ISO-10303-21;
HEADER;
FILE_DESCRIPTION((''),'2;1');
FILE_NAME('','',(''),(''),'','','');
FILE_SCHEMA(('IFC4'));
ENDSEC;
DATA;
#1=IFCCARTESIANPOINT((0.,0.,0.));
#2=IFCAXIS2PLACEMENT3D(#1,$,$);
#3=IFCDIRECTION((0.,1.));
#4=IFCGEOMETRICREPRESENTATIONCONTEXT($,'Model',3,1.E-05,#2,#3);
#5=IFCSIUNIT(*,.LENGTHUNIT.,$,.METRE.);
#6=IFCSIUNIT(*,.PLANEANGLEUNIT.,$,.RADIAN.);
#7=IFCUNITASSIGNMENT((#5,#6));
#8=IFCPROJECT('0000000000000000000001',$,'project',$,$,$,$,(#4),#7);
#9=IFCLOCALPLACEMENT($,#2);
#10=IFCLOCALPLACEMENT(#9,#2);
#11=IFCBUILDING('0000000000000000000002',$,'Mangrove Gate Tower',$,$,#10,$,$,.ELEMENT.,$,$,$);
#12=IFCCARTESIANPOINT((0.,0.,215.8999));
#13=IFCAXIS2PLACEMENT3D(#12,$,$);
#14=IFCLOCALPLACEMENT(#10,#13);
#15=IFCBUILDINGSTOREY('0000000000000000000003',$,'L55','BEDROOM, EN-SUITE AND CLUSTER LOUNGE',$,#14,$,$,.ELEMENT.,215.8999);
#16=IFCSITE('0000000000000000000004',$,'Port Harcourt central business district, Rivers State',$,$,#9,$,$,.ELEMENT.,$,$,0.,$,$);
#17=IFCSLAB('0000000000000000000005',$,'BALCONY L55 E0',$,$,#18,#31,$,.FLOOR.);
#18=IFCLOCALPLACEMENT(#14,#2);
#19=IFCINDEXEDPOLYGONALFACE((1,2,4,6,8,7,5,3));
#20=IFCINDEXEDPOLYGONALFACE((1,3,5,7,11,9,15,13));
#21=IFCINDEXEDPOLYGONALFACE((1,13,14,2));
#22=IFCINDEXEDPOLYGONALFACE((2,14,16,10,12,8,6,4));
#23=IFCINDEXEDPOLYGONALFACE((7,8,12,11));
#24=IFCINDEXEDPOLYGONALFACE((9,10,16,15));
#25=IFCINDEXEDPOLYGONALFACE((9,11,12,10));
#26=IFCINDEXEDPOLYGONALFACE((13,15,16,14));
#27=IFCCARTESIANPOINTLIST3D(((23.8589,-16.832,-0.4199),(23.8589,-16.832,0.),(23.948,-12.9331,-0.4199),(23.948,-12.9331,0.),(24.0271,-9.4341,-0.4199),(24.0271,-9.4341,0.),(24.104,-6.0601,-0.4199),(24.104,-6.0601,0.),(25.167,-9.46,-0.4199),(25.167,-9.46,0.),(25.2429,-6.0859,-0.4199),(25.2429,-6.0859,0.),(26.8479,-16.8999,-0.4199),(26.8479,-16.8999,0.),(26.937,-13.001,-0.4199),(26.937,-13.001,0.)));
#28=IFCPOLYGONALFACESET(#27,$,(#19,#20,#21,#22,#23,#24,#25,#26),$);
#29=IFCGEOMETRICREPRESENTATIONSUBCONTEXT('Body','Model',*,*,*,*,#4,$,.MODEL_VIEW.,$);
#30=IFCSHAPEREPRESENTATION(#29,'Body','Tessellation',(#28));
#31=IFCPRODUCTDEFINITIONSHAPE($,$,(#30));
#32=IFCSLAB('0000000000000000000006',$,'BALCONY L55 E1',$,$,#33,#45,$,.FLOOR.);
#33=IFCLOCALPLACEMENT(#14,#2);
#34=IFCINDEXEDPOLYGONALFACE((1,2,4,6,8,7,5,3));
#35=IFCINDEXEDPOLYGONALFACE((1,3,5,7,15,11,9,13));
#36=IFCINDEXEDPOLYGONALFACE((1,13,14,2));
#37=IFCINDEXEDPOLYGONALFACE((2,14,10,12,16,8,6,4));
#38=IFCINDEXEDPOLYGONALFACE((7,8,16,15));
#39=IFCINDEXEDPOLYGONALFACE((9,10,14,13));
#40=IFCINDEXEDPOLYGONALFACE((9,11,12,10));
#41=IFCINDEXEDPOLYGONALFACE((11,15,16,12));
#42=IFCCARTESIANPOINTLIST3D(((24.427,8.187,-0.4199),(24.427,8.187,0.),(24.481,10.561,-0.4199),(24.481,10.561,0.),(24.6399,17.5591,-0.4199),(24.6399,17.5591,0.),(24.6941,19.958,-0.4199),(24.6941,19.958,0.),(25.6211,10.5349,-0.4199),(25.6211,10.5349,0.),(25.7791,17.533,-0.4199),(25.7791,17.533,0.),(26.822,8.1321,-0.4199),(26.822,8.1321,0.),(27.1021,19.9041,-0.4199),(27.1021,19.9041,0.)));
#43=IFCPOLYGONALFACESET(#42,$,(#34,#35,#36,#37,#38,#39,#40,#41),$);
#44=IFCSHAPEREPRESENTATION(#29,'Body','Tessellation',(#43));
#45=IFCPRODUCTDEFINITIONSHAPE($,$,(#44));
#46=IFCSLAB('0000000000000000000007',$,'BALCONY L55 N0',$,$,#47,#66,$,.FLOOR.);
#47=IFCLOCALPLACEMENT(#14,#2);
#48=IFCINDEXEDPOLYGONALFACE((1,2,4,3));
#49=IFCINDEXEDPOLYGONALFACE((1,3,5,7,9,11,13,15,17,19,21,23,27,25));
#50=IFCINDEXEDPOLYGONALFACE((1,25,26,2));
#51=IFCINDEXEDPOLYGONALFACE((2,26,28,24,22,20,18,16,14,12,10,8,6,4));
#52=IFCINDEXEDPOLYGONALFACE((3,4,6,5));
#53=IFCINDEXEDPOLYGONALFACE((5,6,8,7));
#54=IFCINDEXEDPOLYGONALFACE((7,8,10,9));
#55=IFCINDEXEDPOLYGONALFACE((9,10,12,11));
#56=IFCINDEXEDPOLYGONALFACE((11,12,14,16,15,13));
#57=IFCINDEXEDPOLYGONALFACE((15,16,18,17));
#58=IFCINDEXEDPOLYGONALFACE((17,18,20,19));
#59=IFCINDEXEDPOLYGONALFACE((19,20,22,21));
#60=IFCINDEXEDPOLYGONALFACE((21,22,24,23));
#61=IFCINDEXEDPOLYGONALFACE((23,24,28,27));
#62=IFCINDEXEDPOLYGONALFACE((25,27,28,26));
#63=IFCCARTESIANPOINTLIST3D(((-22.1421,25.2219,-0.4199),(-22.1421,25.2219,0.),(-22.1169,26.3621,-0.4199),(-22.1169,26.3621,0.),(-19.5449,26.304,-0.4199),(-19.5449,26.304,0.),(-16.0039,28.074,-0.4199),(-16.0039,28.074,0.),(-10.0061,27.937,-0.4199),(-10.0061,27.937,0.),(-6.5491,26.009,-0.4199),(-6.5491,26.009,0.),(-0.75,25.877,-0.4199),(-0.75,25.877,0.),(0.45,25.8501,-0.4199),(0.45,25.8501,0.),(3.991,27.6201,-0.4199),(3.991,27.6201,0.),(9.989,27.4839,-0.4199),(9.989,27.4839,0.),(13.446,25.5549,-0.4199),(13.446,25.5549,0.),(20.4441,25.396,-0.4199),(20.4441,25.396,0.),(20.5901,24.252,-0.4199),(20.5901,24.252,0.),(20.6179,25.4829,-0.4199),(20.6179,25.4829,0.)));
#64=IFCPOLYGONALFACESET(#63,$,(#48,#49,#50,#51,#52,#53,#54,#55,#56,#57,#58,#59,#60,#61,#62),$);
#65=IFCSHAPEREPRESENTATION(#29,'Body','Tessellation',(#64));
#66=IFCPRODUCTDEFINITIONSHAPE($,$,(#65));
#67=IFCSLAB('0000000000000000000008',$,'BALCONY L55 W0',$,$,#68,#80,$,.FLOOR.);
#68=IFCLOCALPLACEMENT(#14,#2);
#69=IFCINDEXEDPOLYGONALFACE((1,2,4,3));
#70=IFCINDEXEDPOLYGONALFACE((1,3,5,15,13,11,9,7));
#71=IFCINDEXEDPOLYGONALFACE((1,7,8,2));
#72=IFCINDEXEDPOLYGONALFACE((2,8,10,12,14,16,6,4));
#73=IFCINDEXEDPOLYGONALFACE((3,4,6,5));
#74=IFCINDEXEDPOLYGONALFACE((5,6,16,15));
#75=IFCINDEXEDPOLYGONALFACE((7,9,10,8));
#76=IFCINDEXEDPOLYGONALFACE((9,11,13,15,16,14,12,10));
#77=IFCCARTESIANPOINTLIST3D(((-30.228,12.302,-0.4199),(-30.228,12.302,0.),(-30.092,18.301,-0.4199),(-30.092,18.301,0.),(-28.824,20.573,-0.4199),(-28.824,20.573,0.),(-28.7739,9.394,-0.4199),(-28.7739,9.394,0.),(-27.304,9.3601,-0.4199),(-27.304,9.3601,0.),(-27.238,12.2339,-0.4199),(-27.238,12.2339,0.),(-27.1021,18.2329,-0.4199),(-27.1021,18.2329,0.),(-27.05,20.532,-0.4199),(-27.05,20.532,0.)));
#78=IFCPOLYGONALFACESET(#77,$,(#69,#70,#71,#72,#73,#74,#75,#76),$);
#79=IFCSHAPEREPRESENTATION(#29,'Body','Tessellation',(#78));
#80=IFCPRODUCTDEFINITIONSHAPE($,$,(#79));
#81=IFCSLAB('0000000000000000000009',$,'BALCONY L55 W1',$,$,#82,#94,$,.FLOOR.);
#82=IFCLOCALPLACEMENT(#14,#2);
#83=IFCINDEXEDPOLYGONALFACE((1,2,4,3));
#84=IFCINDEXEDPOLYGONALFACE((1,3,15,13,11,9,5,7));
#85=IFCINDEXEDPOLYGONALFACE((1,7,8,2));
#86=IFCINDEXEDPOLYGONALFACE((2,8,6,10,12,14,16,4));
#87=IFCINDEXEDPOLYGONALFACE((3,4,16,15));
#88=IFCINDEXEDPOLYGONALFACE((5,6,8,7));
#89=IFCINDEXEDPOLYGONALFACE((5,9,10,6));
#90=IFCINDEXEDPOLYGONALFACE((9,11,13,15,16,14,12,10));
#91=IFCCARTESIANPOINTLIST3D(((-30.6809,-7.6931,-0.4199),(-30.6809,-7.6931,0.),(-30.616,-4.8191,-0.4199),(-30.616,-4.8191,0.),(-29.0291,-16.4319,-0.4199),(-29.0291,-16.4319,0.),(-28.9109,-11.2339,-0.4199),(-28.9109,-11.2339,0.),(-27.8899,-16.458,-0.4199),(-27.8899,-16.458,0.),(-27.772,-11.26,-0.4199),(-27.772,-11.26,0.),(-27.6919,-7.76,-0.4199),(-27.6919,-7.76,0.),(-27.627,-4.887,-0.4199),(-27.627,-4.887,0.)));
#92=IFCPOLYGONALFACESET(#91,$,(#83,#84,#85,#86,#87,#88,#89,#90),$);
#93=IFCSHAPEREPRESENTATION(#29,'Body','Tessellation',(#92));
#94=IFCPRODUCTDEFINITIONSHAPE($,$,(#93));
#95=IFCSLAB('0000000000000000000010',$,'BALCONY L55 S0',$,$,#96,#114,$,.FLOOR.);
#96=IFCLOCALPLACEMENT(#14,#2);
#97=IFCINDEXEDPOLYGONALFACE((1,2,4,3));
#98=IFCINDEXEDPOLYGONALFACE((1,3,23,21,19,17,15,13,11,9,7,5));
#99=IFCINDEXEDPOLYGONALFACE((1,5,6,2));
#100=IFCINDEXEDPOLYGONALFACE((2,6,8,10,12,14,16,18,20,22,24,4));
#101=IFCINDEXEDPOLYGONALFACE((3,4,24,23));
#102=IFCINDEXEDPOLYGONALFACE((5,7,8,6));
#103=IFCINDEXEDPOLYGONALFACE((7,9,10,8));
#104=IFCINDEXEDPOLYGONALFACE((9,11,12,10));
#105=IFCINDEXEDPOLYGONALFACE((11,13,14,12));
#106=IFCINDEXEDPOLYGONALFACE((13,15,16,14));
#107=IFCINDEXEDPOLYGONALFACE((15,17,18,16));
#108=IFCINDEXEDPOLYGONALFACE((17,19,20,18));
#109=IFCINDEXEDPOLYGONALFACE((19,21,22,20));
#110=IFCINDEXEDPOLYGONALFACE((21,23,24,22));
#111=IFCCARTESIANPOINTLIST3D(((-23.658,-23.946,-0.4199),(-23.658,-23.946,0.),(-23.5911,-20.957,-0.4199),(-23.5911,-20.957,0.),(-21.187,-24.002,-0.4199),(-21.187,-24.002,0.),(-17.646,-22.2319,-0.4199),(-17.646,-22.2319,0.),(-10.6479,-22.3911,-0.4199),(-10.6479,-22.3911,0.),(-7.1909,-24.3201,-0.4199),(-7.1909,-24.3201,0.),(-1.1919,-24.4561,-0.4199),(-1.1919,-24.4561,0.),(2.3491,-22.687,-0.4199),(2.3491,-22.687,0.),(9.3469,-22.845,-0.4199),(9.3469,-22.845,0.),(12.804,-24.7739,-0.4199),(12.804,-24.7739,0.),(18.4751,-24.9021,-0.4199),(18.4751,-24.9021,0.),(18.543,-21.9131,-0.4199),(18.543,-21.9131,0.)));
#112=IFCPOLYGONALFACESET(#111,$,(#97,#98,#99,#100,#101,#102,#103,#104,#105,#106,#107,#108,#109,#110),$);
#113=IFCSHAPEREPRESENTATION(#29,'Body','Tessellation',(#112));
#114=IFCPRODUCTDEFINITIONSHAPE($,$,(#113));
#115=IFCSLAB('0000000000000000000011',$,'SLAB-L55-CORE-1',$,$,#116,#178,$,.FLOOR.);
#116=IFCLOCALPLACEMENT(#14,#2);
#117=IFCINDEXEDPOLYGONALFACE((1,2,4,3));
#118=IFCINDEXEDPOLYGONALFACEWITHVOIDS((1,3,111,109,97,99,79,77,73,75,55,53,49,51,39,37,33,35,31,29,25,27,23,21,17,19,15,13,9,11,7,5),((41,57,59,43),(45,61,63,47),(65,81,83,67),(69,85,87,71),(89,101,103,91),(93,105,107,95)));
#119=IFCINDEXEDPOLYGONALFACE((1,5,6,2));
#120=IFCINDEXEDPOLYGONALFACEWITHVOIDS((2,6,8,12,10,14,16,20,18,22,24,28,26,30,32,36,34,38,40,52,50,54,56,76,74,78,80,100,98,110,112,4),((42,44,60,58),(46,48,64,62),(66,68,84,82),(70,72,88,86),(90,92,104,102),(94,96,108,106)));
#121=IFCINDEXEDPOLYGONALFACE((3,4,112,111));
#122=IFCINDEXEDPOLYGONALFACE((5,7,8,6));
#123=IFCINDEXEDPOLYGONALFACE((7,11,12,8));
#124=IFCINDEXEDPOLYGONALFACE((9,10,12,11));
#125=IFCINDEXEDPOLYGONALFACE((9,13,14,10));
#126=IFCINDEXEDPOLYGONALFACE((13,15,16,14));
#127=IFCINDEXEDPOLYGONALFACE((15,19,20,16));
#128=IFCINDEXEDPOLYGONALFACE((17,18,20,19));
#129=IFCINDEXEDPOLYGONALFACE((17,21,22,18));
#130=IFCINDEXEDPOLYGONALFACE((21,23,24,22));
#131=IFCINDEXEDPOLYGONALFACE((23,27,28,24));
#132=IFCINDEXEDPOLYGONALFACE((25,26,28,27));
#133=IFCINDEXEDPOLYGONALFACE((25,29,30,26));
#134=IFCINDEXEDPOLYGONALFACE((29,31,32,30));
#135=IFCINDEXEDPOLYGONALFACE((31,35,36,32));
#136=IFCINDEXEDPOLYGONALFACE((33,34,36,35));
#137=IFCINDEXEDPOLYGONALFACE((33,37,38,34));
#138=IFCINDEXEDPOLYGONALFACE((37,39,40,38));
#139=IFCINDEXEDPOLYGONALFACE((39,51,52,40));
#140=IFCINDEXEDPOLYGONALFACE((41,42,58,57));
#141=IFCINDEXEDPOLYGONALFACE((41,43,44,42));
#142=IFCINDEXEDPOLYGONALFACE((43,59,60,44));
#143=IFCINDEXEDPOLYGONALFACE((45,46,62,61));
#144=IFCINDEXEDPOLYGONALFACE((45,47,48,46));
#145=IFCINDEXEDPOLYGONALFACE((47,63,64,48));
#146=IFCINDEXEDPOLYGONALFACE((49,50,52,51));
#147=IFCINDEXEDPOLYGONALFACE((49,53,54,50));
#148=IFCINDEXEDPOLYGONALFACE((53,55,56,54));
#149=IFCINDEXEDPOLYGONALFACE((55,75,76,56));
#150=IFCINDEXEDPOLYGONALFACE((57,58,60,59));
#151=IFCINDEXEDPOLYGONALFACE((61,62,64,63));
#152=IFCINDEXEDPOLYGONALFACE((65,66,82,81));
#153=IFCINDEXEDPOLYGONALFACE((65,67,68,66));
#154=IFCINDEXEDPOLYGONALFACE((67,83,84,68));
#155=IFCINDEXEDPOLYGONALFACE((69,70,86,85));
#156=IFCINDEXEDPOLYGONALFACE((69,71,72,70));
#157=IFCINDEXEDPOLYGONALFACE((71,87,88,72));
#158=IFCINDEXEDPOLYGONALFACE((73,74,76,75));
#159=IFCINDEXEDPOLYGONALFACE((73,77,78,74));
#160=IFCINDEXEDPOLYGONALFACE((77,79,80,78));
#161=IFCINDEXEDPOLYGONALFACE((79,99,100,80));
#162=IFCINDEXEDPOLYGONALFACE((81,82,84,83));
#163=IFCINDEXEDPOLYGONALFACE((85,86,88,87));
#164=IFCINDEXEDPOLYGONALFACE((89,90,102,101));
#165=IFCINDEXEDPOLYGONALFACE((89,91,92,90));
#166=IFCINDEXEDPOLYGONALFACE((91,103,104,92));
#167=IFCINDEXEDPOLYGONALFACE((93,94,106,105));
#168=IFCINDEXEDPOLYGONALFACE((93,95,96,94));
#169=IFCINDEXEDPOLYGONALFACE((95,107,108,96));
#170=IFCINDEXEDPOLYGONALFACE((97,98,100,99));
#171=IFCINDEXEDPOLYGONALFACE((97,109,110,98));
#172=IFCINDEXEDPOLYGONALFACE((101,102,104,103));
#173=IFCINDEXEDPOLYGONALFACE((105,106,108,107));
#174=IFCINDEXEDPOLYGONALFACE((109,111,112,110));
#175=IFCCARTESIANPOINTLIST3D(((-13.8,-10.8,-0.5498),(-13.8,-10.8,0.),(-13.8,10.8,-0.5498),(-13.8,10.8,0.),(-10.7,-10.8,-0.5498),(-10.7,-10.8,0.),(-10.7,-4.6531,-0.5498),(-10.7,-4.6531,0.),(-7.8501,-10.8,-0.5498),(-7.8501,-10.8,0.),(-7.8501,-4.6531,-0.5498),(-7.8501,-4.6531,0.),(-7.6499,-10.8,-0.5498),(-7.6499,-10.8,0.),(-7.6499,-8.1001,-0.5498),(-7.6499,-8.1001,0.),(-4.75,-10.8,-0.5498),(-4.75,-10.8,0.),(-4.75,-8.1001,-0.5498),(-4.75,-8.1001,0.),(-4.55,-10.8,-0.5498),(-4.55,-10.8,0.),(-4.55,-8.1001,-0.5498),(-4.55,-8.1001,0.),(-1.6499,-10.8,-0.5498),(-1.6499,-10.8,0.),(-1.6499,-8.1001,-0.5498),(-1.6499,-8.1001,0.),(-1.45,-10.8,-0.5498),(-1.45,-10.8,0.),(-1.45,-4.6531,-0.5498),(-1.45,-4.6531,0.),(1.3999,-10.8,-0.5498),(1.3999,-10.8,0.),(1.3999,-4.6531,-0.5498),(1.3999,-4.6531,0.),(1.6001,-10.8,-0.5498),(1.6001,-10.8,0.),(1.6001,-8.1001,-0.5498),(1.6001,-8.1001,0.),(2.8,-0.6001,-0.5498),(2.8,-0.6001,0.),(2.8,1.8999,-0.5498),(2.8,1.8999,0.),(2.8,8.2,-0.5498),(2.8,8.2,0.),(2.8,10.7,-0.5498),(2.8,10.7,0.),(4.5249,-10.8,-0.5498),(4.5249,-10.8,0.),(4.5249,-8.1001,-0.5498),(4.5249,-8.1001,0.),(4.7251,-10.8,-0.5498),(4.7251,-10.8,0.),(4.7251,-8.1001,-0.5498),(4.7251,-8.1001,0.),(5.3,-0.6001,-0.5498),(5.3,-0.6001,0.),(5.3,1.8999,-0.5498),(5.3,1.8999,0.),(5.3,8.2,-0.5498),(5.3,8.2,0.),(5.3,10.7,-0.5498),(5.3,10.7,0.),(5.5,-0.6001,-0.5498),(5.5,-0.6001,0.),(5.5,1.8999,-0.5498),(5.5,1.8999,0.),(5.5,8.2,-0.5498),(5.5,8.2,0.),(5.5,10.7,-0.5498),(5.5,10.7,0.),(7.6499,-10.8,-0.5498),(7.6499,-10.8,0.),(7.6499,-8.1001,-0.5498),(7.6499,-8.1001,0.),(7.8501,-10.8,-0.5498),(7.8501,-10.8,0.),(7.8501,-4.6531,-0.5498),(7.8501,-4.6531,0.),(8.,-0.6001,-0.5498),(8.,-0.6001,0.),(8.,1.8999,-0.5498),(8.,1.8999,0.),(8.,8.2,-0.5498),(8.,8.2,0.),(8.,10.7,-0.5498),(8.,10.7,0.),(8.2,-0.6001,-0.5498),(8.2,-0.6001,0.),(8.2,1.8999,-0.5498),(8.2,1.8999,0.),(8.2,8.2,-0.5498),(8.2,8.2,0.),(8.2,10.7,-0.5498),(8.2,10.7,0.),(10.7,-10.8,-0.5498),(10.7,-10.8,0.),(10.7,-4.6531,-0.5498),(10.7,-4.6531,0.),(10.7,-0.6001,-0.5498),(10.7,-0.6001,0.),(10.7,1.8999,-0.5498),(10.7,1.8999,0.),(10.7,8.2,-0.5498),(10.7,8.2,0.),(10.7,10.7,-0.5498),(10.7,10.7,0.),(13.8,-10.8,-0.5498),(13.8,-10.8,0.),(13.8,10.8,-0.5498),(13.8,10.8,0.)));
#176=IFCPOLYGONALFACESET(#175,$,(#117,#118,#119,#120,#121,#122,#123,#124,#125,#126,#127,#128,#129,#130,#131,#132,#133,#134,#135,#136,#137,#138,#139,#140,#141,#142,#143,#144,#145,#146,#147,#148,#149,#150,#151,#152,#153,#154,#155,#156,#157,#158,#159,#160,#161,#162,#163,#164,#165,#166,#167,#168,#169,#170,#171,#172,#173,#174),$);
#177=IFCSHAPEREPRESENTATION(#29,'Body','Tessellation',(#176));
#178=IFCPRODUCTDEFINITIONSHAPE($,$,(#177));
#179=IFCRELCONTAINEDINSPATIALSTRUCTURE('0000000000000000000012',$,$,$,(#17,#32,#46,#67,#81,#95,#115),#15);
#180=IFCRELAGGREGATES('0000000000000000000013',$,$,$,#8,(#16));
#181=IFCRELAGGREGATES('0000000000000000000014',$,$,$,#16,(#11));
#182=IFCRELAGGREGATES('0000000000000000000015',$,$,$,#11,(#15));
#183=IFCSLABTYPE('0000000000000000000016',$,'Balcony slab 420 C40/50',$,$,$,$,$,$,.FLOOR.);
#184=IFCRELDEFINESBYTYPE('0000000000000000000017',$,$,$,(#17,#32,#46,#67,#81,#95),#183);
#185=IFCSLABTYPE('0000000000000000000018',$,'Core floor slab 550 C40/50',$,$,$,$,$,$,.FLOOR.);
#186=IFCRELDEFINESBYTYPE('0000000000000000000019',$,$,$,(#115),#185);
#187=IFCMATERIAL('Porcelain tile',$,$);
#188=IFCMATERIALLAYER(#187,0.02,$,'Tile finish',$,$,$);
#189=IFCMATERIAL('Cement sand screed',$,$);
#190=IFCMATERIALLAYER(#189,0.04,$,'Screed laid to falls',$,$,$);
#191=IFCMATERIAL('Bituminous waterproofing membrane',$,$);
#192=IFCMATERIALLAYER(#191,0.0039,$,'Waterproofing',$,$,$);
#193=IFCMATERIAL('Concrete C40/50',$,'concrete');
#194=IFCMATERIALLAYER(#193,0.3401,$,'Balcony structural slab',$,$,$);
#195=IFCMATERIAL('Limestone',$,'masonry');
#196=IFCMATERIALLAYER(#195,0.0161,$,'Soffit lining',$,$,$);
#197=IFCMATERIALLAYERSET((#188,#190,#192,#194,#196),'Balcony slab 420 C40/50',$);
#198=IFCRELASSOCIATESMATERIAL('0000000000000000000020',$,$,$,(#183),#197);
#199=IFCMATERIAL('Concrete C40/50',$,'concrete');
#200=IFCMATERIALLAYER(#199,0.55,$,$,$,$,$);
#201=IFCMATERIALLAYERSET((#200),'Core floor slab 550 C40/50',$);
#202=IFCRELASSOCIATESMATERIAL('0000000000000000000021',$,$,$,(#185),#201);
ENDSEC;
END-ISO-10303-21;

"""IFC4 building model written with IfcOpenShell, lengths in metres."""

from ifc_helpers import new_model, si_unit, direction, frame, origin, place, context, subcontext, project, spatial, polyline, outline, extrude, material, layer, layer_set, type_object, element, save


model = new_model("IFC4")

# Units and contexts
model_context = context("Model", 3, precision=1e-05, world=origin(), true_north=direction((0.0, 1.0)))
body_context = subcontext(model_context, "Body", "Model", "MODEL_VIEW")
ifc_project = project(units=[si_unit("LENGTHUNIT", "METRE"), si_unit("PLANEANGLEUNIT", "RADIAN")], contexts=[model_context])

# Site, building, storey
site_placement = place(None, origin())
site = spatial("IfcSite", under=ifc_project, at=site_placement, Name="Port Harcourt central business district, Rivers State", CompositionType="ELEMENT", RefElevation=0.0)
building_placement = place(site_placement, origin())
building = spatial("IfcBuilding", under=site, at=building_placement, Name="Mangrove Gate Tower", CompositionType="ELEMENT")
storey_placement = place(building_placement, frame((0.0, 0.0, 215.8999)))
storey = spatial("IfcBuildingStorey", under=building, at=storey_placement, Name="L55", Description="BEDROOM, EN-SUITE AND CLUSTER LOUNGE", CompositionType="ELEMENT", Elevation=215.8999)

# Slabs
ifc_material_1 = material(Name="Porcelain tile")
ifc_layer_1 = layer(ifc_material_1, 0.02, Name="Tile finish")
ifc_material_2 = material(Name="Cement sand screed")
ifc_layer_2 = layer(ifc_material_2, 0.04, Name="Screed laid to falls")
ifc_material_3 = material(Name="Bituminous waterproofing membrane")
ifc_layer_3 = layer(ifc_material_3, 0.0039, Name="Waterproofing")
ifc_material_4 = material(Name="Concrete C40/50", Category="concrete")
ifc_layer_4 = layer(ifc_material_4, 0.3401, Name="Balcony structural slab")
ifc_material_5 = material(Name="Limestone", Category="masonry")
ifc_layer_5 = layer(ifc_material_5, 0.0161, Name="Soffit lining")
ifc_layer_set_1 = layer_set([ifc_layer_1, ifc_layer_2, ifc_layer_3, ifc_layer_4, ifc_layer_5], Name="Balcony slab 420 C40/50")
slab_type_1 = type_object("IfcSlabType", Name="Balcony slab 420 C40/50", PredefinedType="FLOOR", material=ifc_layer_set_1)
slab_1_placement = place(storey_placement, frame((0.0, 0.0, -0.4199)))
element("IfcSlab", 1, at=slab_1_placement, inside=storey, type_object=slab_type_1, Name="BALCONY L55 E0", PredefinedType="FLOOR", context=body_context, shape_type="SweptSolid", body=[
    extrude(outline(polyline([(26.8479, -16.8999), (26.937, -13.001), (25.167, -9.46), (25.2429, -6.0859), (24.104, -6.0601), (24.0271, -9.4341), (23.948, -12.9331), (23.8589, -16.832), (26.8479, -16.8999)])), origin(), (0.0, 0.0, 1.0), 0.4199),
])
slab_2_placement = place(storey_placement, frame((0.0, 0.0, -0.4199)))
element("IfcSlab", 2, at=slab_2_placement, inside=storey, type_object=slab_type_1, Name="BALCONY L55 E1", PredefinedType="FLOOR", context=body_context, shape_type="SweptSolid", body=[
    extrude(outline(polyline([(26.822, 8.1321), (25.6211, 10.5349), (25.7791, 17.533), (27.1021, 19.9041), (24.6941, 19.958), (24.6399, 17.5591), (24.481, 10.561), (24.427, 8.187), (26.822, 8.1321)])), origin(), (0.0, 0.0, 1.0), 0.4199),
])
slab_3_placement = place(storey_placement, frame((0.0, 0.0, -0.4199)))
element("IfcSlab", 3, at=slab_3_placement, inside=storey, type_object=slab_type_1, Name="BALCONY L55 N0", PredefinedType="FLOOR", context=body_context, shape_type="SweptSolid", body=[
    extrude(outline(polyline([(20.6179, 25.4829), (20.4441, 25.396), (13.446, 25.5549), (9.989, 27.4839), (3.991, 27.6201), (0.45, 25.8501), (-0.75, 25.877), (-6.5491, 26.009), (-10.0061, 27.937), (-16.0039, 28.074), (-19.5449, 26.304), (-22.1169, 26.3621), (-22.1421, 25.2219), (20.5901, 24.252), (20.6179, 25.4829)])), origin(), (0.0, 0.0, 1.0), 0.4199),
])
slab_4_placement = place(storey_placement, frame((0.0, 0.0, -0.4199)))
element("IfcSlab", 4, at=slab_4_placement, inside=storey, type_object=slab_type_1, Name="BALCONY L55 W0", PredefinedType="FLOOR", context=body_context, shape_type="SweptSolid", body=[
    extrude(outline(polyline([(-28.824, 20.573), (-30.092, 18.301), (-30.228, 12.302), (-28.7739, 9.394), (-27.304, 9.3601), (-27.238, 12.2339), (-27.1021, 18.2329), (-27.05, 20.532), (-28.824, 20.573)])), origin(), (0.0, 0.0, 1.0), 0.4199),
])
slab_5_placement = place(storey_placement, frame((0.0, 0.0, -0.4199)))
element("IfcSlab", 5, at=slab_5_placement, inside=storey, type_object=slab_type_1, Name="BALCONY L55 W1", PredefinedType="FLOOR", context=body_context, shape_type="SweptSolid", body=[
    extrude(outline(polyline([(-30.616, -4.8191), (-30.6809, -7.6931), (-28.9109, -11.2339), (-29.0291, -16.4319), (-27.8899, -16.458), (-27.772, -11.26), (-27.6919, -7.76), (-27.627, -4.887), (-30.616, -4.8191)])), origin(), (0.0, 0.0, 1.0), 0.4199),
])
slab_6_placement = place(storey_placement, frame((0.0, 0.0, -0.4199)))
element("IfcSlab", 6, at=slab_6_placement, inside=storey, type_object=slab_type_1, Name="BALCONY L55 S0", PredefinedType="FLOOR", context=body_context, shape_type="SweptSolid", body=[
    extrude(outline(polyline([(-23.658, -23.946), (-21.187, -24.002), (-17.646, -22.2319), (-10.6479, -22.3911), (-7.1909, -24.3201), (-1.1919, -24.4561), (2.3491, -22.687), (9.3469, -22.845), (12.804, -24.7739), (18.4751, -24.9021), (18.543, -21.9131), (-23.5911, -20.957), (-23.658, -23.946)])), origin(), (0.0, 0.0, 1.0), 0.4199),
])
ifc_material_6 = material(Name="Concrete C40/50", Category="concrete")
ifc_layer_6 = layer(ifc_material_6, 0.55)
ifc_layer_set_2 = layer_set([ifc_layer_6], Name="Core floor slab 550 C40/50")
slab_type_2 = type_object("IfcSlabType", Name="Core floor slab 550 C40/50", PredefinedType="FLOOR", material=ifc_layer_set_2)
slab_7_placement = place(storey_placement, frame((0.0, 0.0, -0.5498)))
element("IfcSlab", 7, at=slab_7_placement, inside=storey, type_object=slab_type_2, Name="SLAB-L55-CORE-1", PredefinedType="FLOOR", context=body_context, shape_type="SweptSolid", body=[
    extrude(outline(polyline([(-13.8, -10.8), (-13.8, 10.8), (13.8, 10.8), (13.8, -10.8), (10.7, -10.8), (10.7, -4.6531), (7.8501, -4.6531), (7.8501, -10.8), (7.6499, -10.8), (7.6499, -8.1001), (4.7251, -8.1001), (4.7251, -10.8), (4.5249, -10.8), (4.5249, -8.1001), (1.6001, -8.1001), (1.6001, -10.8), (1.3999, -10.8), (1.3999, -4.6531), (-1.45, -4.6531), (-1.45, -10.8), (-1.6499, -10.8), (-1.6499, -8.1001), (-4.55, -8.1001), (-4.55, -10.8), (-4.75, -10.8), (-4.75, -8.1001), (-7.6499, -8.1001), (-7.6499, -10.8), (-7.8501, -10.8), (-7.8501, -4.6531), (-10.7, -4.6531), (-10.7, -10.8), (-13.8, -10.8)]), holes=[polyline([(5.3, -0.6001), (5.3, 1.8999), (2.8, 1.8999), (2.8, -0.6001), (5.3, -0.6001)]), polyline([(5.3, 10.7), (2.8, 10.7), (2.8, 8.2), (5.3, 8.2), (5.3, 10.7)]), polyline([(8.0, -0.6001), (8.0, 1.8999), (5.5, 1.8999), (5.5, -0.6001), (8.0, -0.6001)]), polyline([(10.7, -0.6001), (10.7, 1.8999), (8.2, 1.8999), (8.2, -0.6001), (10.7, -0.6001)]), polyline([(8.0, 8.2), (8.0, 10.7), (5.5, 10.7), (5.5, 8.2), (8.0, 8.2)]), polyline([(10.7, 8.2), (10.7, 10.7), (8.2, 10.7), (8.2, 8.2), (10.7, 8.2)])]), origin(), (0.0, 0.0, 1.0), 0.5498),
])

save(model, "model.ifc")
